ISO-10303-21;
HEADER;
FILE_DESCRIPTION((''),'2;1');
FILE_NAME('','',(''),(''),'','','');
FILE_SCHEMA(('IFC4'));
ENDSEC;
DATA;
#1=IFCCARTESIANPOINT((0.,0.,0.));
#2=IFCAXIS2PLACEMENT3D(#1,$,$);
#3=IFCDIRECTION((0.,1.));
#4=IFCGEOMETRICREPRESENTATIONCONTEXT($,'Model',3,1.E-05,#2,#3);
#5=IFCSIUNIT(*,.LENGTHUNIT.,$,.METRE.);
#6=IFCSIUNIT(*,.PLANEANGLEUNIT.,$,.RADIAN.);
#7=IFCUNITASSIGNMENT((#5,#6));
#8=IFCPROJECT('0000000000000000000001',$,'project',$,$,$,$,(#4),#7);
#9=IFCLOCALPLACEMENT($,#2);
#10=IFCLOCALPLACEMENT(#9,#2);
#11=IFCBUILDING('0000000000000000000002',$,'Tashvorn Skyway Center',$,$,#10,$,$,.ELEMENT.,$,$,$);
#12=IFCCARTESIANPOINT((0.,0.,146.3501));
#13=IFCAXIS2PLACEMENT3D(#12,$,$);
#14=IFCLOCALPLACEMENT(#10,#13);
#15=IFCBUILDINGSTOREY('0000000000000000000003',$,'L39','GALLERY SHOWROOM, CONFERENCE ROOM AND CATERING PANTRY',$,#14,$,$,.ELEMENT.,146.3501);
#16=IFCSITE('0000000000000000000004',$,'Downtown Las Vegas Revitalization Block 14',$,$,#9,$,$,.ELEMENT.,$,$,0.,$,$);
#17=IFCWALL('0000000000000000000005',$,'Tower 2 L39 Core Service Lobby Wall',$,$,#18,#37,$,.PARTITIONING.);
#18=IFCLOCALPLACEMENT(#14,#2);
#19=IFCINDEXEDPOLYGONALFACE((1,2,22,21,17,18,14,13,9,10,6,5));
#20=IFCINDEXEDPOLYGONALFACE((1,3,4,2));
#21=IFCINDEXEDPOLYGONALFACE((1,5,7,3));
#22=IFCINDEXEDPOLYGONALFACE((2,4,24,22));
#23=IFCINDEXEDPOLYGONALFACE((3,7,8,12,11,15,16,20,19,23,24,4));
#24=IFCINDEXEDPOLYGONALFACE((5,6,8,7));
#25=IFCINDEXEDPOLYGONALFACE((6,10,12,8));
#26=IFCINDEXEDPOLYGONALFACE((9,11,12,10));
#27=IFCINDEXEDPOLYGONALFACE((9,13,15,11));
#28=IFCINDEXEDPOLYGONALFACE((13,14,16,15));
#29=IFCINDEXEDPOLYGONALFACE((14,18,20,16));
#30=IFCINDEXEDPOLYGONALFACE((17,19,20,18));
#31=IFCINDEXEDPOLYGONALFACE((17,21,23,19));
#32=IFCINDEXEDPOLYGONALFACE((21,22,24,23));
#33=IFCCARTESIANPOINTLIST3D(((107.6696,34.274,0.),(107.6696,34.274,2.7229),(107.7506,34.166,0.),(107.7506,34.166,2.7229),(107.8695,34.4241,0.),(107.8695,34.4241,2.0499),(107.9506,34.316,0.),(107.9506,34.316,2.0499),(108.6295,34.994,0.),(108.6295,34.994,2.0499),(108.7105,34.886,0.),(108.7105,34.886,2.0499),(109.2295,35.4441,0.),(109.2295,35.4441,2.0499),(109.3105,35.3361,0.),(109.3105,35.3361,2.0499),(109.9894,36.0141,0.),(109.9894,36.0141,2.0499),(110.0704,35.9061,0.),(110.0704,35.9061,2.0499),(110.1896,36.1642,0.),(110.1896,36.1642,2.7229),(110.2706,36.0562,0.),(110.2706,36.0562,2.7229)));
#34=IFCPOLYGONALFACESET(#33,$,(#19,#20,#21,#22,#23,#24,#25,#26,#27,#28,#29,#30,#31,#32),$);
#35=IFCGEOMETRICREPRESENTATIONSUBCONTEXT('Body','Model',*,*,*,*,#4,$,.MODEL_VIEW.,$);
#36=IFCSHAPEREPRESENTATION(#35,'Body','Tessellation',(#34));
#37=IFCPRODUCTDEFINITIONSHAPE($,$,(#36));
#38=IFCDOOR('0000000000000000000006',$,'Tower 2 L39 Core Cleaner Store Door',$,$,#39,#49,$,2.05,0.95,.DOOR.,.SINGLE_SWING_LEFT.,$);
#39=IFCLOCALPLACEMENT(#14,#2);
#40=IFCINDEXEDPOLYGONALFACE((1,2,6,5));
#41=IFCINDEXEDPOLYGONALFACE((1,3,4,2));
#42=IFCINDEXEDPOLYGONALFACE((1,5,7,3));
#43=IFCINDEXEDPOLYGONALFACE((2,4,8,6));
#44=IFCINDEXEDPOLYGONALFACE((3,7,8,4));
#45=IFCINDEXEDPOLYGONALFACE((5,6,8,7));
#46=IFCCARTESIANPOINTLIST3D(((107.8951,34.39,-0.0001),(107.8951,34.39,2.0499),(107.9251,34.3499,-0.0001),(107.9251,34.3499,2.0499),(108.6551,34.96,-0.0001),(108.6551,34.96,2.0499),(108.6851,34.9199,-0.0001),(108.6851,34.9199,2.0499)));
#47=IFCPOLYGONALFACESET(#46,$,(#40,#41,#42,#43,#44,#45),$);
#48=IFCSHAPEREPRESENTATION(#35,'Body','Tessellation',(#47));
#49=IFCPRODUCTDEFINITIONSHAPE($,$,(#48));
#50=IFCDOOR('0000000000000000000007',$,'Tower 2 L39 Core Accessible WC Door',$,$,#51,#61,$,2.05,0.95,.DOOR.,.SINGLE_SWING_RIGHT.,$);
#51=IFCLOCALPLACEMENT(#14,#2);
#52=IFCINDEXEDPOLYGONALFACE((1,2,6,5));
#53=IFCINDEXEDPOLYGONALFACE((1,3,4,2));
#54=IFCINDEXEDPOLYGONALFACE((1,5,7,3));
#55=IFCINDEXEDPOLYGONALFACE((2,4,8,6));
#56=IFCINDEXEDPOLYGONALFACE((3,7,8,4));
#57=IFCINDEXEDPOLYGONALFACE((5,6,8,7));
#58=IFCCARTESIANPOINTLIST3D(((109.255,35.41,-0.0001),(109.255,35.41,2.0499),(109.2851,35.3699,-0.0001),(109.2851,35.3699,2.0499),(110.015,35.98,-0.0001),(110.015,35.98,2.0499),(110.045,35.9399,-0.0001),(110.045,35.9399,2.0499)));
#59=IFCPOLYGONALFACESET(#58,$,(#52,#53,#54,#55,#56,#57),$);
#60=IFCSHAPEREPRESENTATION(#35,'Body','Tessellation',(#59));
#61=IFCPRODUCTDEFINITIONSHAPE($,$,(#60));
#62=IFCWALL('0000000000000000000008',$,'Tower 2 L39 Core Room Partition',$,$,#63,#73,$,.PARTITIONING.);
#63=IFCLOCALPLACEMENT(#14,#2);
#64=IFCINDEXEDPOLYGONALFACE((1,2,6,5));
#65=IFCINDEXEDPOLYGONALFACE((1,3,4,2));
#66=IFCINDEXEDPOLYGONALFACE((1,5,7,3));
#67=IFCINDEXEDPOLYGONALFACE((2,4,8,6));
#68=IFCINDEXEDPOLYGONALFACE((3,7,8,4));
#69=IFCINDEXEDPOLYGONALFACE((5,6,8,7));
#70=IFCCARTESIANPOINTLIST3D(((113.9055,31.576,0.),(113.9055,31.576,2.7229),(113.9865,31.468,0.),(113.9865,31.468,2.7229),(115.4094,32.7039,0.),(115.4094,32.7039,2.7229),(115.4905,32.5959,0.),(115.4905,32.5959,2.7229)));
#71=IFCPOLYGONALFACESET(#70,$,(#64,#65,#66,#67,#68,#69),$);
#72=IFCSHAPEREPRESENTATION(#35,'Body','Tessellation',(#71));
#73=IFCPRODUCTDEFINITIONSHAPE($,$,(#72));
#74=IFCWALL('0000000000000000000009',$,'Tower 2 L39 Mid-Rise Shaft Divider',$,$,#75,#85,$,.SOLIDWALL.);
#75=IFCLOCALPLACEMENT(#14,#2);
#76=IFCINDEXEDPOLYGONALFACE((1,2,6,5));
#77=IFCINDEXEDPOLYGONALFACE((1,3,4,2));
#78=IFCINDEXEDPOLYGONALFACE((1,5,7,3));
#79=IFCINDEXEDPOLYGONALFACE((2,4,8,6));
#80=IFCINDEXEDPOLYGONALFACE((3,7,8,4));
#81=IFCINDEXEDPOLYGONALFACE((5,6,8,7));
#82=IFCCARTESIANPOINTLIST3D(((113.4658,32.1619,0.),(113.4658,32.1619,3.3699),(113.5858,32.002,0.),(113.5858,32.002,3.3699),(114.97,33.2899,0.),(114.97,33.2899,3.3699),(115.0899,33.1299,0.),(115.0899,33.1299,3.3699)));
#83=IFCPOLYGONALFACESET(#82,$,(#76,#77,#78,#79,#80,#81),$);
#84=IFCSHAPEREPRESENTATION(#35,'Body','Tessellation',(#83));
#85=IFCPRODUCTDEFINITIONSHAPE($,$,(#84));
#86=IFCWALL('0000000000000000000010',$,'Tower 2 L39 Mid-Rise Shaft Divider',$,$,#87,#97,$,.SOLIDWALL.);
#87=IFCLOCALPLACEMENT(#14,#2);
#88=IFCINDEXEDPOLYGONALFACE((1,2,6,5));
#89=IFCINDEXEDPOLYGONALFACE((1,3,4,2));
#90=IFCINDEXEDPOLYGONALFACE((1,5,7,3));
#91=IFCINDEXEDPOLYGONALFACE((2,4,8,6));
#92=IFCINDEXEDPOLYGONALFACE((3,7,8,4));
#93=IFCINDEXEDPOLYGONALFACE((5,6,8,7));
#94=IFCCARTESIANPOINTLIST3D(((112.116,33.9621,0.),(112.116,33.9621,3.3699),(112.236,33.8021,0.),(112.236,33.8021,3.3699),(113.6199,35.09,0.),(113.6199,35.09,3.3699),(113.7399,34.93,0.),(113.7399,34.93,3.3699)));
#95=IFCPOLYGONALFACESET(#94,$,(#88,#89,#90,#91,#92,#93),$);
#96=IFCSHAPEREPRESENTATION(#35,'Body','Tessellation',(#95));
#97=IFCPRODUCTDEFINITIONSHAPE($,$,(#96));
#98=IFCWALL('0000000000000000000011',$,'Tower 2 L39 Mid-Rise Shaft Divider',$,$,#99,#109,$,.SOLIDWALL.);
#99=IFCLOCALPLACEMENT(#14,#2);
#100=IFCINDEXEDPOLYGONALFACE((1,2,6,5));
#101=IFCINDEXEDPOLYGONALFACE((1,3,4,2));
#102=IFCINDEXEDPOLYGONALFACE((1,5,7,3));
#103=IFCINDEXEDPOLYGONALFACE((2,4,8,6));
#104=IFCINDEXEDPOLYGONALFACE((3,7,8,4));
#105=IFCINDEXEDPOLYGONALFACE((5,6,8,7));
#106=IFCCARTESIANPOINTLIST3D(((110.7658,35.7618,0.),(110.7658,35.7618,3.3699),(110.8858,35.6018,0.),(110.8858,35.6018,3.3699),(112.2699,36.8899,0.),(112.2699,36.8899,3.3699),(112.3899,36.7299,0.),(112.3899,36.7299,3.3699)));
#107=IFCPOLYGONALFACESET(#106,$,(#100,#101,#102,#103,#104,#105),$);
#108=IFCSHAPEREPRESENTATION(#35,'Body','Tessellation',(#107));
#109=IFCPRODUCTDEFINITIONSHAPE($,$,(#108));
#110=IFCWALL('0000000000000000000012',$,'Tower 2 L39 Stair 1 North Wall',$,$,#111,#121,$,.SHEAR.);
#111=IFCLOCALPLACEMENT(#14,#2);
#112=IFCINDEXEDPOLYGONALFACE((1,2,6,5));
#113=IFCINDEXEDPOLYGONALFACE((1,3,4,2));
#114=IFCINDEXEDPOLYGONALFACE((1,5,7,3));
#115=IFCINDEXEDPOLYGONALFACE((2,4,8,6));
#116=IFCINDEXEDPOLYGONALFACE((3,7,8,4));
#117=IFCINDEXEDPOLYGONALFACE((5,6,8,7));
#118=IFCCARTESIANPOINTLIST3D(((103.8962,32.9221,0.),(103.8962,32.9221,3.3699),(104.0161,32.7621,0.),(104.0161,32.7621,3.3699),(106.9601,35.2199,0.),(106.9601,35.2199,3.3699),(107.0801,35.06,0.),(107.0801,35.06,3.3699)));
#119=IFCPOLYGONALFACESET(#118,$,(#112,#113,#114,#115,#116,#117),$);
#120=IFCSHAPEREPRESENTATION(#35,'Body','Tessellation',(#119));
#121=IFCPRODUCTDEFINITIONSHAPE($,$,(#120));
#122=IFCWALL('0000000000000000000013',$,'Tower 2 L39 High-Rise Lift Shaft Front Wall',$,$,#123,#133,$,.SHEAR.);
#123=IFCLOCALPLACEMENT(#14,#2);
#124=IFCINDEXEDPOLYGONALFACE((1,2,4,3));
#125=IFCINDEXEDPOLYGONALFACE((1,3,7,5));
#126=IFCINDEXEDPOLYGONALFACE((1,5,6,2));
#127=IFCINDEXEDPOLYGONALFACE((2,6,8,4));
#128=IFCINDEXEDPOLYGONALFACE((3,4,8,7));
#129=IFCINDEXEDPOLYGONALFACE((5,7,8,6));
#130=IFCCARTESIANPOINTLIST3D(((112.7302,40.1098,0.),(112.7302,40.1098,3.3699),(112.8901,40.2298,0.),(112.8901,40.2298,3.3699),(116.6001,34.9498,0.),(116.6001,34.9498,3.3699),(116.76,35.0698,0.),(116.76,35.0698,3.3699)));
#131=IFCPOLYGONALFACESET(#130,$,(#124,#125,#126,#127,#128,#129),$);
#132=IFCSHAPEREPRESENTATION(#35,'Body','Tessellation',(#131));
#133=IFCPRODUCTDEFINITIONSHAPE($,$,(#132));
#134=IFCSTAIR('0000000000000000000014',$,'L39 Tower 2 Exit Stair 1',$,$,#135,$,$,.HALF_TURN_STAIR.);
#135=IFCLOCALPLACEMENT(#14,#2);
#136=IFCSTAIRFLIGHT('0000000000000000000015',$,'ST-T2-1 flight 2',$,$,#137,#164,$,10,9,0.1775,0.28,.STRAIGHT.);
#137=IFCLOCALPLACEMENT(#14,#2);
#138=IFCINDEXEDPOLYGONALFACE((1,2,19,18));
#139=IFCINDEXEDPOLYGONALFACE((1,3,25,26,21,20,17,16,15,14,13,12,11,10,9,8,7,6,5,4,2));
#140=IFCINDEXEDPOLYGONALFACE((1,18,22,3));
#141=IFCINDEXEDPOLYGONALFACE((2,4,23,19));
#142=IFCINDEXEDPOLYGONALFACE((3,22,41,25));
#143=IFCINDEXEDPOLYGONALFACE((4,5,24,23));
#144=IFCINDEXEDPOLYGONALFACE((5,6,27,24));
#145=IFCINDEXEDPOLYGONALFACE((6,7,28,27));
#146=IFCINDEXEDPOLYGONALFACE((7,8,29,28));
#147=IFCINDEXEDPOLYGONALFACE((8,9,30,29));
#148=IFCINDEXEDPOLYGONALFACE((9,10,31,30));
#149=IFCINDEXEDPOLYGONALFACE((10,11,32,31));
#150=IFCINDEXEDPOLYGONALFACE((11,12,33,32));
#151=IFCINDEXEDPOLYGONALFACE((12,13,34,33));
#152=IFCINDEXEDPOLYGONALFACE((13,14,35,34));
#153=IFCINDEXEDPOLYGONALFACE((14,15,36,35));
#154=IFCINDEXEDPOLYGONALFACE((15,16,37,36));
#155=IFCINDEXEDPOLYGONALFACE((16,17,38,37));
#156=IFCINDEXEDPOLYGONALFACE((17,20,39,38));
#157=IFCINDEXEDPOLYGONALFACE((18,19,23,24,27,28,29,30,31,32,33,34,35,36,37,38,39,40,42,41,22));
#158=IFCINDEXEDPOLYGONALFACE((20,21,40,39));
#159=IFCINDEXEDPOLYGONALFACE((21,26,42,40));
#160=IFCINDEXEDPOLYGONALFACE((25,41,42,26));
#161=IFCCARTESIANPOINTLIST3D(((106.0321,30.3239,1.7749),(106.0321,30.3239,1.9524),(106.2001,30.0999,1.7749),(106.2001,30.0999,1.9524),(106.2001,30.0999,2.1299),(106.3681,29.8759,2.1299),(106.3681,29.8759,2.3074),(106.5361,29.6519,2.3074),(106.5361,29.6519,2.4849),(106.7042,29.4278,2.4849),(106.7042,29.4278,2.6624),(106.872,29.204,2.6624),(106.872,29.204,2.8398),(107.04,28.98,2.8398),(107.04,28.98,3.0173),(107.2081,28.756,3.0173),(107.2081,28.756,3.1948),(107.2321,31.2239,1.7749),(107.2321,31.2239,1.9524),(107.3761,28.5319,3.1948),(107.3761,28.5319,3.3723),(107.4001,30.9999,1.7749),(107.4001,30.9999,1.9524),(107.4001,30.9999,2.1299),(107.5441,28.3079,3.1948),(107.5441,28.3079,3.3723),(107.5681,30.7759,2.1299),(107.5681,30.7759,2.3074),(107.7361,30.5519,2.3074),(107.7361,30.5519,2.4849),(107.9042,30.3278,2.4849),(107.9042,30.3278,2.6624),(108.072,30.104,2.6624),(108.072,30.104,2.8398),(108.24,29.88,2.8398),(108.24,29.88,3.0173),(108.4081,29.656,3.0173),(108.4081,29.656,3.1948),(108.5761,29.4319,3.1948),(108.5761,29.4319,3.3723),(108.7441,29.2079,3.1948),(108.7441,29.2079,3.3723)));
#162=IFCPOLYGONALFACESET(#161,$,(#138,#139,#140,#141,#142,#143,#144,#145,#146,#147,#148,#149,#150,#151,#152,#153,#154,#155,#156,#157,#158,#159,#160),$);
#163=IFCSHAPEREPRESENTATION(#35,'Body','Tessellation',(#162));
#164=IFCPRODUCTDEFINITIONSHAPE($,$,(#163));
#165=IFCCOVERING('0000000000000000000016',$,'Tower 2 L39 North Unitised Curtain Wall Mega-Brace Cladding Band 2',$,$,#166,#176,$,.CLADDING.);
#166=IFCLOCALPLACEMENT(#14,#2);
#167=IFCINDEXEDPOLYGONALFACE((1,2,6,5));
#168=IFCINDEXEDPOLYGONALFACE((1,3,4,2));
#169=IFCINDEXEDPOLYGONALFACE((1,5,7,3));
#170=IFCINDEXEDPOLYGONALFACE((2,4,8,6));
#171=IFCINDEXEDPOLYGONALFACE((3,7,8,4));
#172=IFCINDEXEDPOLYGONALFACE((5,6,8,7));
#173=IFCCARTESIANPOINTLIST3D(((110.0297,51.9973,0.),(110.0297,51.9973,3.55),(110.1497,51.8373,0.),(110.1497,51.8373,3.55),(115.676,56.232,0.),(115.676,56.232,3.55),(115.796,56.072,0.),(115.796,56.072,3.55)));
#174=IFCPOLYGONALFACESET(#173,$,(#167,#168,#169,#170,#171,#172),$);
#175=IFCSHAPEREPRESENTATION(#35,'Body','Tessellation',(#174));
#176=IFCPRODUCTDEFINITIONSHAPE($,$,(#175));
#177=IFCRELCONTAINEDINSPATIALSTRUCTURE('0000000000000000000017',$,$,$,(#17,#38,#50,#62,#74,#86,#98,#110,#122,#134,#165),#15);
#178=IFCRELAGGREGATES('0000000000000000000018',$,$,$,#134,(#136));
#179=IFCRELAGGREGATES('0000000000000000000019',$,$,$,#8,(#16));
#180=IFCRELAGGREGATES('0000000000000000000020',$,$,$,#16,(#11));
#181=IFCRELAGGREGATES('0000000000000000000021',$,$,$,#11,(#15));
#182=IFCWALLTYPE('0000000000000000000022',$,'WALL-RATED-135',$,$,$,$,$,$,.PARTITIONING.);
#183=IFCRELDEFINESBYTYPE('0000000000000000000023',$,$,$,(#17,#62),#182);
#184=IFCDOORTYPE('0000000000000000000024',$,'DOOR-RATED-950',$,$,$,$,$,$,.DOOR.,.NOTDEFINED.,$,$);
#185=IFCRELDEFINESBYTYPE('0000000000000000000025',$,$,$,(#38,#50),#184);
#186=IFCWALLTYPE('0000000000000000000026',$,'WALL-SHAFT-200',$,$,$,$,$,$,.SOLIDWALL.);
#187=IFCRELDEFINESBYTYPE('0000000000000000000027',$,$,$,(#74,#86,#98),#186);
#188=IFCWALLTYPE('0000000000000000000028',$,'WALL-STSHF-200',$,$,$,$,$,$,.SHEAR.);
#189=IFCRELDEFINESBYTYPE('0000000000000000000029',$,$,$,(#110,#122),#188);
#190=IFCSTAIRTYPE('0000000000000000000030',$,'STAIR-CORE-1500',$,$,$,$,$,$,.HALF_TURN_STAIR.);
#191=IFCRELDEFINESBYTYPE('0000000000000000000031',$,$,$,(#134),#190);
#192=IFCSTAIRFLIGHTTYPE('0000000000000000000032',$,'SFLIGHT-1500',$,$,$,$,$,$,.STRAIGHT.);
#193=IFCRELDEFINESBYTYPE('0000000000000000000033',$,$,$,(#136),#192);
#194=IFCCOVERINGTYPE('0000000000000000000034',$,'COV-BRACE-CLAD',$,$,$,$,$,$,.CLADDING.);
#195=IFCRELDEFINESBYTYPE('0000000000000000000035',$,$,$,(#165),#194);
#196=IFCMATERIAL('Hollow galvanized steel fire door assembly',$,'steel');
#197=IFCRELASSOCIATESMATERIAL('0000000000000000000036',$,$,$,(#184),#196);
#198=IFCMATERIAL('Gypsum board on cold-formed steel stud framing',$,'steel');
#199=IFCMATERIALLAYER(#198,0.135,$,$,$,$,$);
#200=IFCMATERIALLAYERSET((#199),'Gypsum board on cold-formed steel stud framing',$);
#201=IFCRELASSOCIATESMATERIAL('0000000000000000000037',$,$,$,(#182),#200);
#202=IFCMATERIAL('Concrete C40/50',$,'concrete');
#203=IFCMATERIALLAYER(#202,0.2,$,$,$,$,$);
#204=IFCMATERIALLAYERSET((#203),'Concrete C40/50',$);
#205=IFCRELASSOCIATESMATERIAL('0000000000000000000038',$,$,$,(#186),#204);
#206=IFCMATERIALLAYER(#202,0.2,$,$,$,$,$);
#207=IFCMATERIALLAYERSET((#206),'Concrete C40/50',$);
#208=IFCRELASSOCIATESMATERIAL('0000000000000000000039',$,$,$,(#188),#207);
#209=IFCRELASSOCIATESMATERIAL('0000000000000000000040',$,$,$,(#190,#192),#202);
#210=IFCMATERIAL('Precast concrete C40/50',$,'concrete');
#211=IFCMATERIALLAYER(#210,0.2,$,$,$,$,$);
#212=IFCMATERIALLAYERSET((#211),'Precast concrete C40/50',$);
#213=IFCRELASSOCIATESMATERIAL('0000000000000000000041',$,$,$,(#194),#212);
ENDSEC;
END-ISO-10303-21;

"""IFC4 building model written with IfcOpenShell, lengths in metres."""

from ifc_helpers import new_model, si_unit, direction, frame, frame_2d, origin, origin_2d, place, context, subcontext, project, spatial, polyline, rectangle, outline, extrude, material, layer, layer_set, type_object, element, fill, aggregate, save


model = new_model("IFC4")

# Units and contexts
model_context = context("Model", 3, precision=1e-05, world=origin(), true_north=direction((0.0, 1.0)))
body_context = subcontext(model_context, "Body", "Model", "MODEL_VIEW")
ifc_project = project(units=[si_unit("LENGTHUNIT", "METRE"), si_unit("PLANEANGLEUNIT", "RADIAN")], contexts=[model_context])

# Site, building, storey
site_placement = place(None, origin())
site = spatial("IfcSite", under=ifc_project, at=site_placement, Name="Downtown Las Vegas Revitalization Block 14", CompositionType="ELEMENT", RefElevation=0.0)
building_placement = place(site_placement, origin())
building = spatial("IfcBuilding", under=site, at=building_placement, Name="Tashvorn Skyway Center", CompositionType="ELEMENT")
storey_placement = place(building_placement, frame((0.0, 0.0, 146.3501)))
storey = spatial("IfcBuildingStorey", under=building, at=storey_placement, Name="L39", Description="GALLERY SHOWROOM, CONFERENCE ROOM AND CATERING PANTRY", CompositionType="ELEMENT", Elevation=146.3501)

# Shared definitions
ifc_material_1 = material(Name="Concrete C40/50", Category="concrete")
ifc_material_2 = material(Name="Hollow galvanized steel fire door assembly", Category="steel")
door_type = type_object("IfcDoorType", Name="DOOR-RATED-950", OperationType="NOTDEFINED", PredefinedType="DOOR", material=ifc_material_2)

# Shared definitions
ifc_material_3 = material(Name="Gypsum board on cold-formed steel stud framing", Category="steel")

# Wall, openings, doors
ifc_layer_1 = layer(ifc_material_3, 0.135)
ifc_layer_set_1 = layer_set([ifc_layer_1], Name="Gypsum board on cold-formed steel stud framing")
wall_type_1 = type_object("IfcWallType", Name="WALL-RATED-135", PredefinedType="PARTITIONING", material=ifc_layer_set_1)
wall_1_placement = place(storey_placement, frame((107.71, 34.22, 0.0), z_axis=(0.0, 0.0, 1.0), x_axis=(0.799981, 0.600025, 0.0)))
wall_1 = element("IfcWall", 1, at=wall_1_placement, inside=storey, type_object=wall_type_1, Name="Tower 2 L39 Core Service Lobby Wall", PredefinedType="PARTITIONING", context=body_context, shape_type="SweptSolid", body=[
    extrude(rectangle(XDim=3.1501, YDim=0.135, at=frame_2d((1.5752, 0.0))), origin(), (0.0, 0.0, 1.0), 2.7229),
])
opening_1_placement = place(wall_1_placement, frame((0.25, 0.0, 0.0)))
opening_1 = element("IfcOpeningElement", 2, at=opening_1_placement, cuts=wall_1, PredefinedType="OPENING", context=body_context, shape_type="SweptSolid", body=[
    extrude(rectangle(XDim=0.95, YDim=2.05, at=frame_2d((0.4751, 1.0249))), frame((0.0, 0.0774, 0.0), z_axis=(0.0, -1.0, 0.0), x_axis=(1.0, 0.0, 0.0)), (0.0, 0.0, 1.0), 0.155),
])
opening_2_placement = place(wall_1_placement, frame((1.95, 0.0, 0.0)))
opening_2 = element("IfcOpeningElement", 3, at=opening_2_placement, cuts=wall_1, PredefinedType="OPENING", context=body_context, shape_type="SweptSolid", body=[
    extrude(rectangle(XDim=0.95, YDim=2.05, at=frame_2d((0.4751, 1.0249))), frame((0.0, 0.0774, 0.0), z_axis=(0.0, -1.0, 0.0), x_axis=(1.0, 0.0, 0.0)), (0.0, 0.0, 1.0), 0.155),
])
door_1_placement = place(opening_1_placement, origin())
door_1 = element("IfcDoor", 4, at=door_1_placement, inside=storey, type_object=door_type, Name="Tower 2 L39 Core Cleaner Store Door", OperationType="SINGLE_SWING_LEFT", OverallHeight=2.05, OverallWidth=0.95, PredefinedType="DOOR", context=body_context, shape_type="SweptSolid", body=[
    extrude(rectangle(XDim=0.95, YDim=2.05, at=frame_2d((0.4751, 1.0249))), frame((0.0, 0.0249, 0.0), z_axis=(0.0, -1.0, 0.0), x_axis=(1.0, 0.0, 0.0)), (0.0, 0.0, 1.0), 0.05),
])
fill(opening_1, door_1)
door_2_placement = place(opening_2_placement, origin())
door_2 = element("IfcDoor", 5, at=door_2_placement, inside=storey, type_object=door_type, Name="Tower 2 L39 Core Accessible WC Door", OperationType="SINGLE_SWING_RIGHT", OverallHeight=2.05, OverallWidth=0.95, PredefinedType="DOOR", context=body_context, shape_type="SweptSolid", body=[
    extrude(rectangle(XDim=0.95, YDim=2.05, at=frame_2d((0.4751, 1.0249))), frame((0.0, 0.0249, 0.0), z_axis=(0.0, -1.0, 0.0), x_axis=(1.0, 0.0, 0.0)), (0.0, 0.0, 1.0), 0.05),
])
fill(opening_2, door_2)

# Walls
wall_2_placement = place(storey_placement, frame((113.946, 31.522, 0.0), z_axis=(0.0, 0.0, 1.0), x_axis=(0.8, 0.6, 0.0)))
element("IfcWall", 6, at=wall_2_placement, inside=storey, type_object=wall_type_1, Name="Tower 2 L39 Core Room Partition", PredefinedType="PARTITIONING", context=body_context, shape_type="SweptSolid", body=[
    extrude(rectangle(XDim=1.8799, YDim=0.135, at=frame_2d((0.9399, 0.0))), origin(), (0.0, 0.0, 1.0), 2.7229),
])
ifc_layer_2 = layer(ifc_material_1, 0.2)
ifc_layer_set_2 = layer_set([ifc_layer_2], Name="Concrete C40/50")
wall_type_2 = type_object("IfcWallType", Name="WALL-SHAFT-200", PredefinedType="SOLIDWALL", material=ifc_layer_set_2)
wall_3_placement = place(storey_placement, frame((113.5259, 32.082, 0.0), z_axis=(0.0, 0.0, 1.0), x_axis=(0.800047, 0.599938, 0.0)))
element("IfcWall", 7, at=wall_3_placement, inside=storey, type_object=wall_type_2, Name="Tower 2 L39 Mid-Rise Shaft Divider", PredefinedType="SOLIDWALL", context=body_context, shape_type="SweptSolid", body=[
    extrude(rectangle(XDim=1.8801, YDim=0.2, at=frame_2d((0.9399, 0.0))), origin(), (0.0, 0.0, 1.0), 3.3699),
])
wall_4_placement = place(storey_placement, frame((112.176, 33.8821, 0.0), z_axis=(0.0, 0.0, 1.0), x_axis=(0.8, 0.6, 0.0)))
element("IfcWall", 8, at=wall_4_placement, inside=storey, type_object=wall_type_2, Name="Tower 2 L39 Mid-Rise Shaft Divider", PredefinedType="SOLIDWALL", context=body_context, shape_type="SweptSolid", body=[
    extrude(rectangle(XDim=1.8799, YDim=0.2, at=frame_2d((0.9399, 0.0))), origin(), (0.0, 0.0, 1.0), 3.3699),
])
wall_5_placement = place(storey_placement, frame((110.8259, 35.6819, 0.0), z_axis=(0.0, 0.0, 1.0), x_axis=(0.799984, 0.600021, 0.0)))
element("IfcWall", 9, at=wall_5_placement, inside=storey, type_object=wall_type_2, Name="Tower 2 L39 Mid-Rise Shaft Divider", PredefinedType="SOLIDWALL", context=body_context, shape_type="SweptSolid", body=[
    extrude(rectangle(XDim=1.8801, YDim=0.2, at=frame_2d((0.9399, 0.0))), origin(), (0.0, 0.0, 1.0), 3.3699),
])
ifc_layer_3 = layer(ifc_material_1, 0.2)
ifc_layer_set_3 = layer_set([ifc_layer_3], Name="Concrete C40/50")
wall_type_3 = type_object("IfcWallType", Name="WALL-STSHF-200", PredefinedType="SHEAR", material=ifc_layer_set_3)
wall_6_placement = place(storey_placement, frame((103.9561, 32.842, 0.0), z_axis=(0.0, 0.0, 1.0), x_axis=(0.800015, 0.59998, 0.0)))
element("IfcWall", 10, at=wall_6_placement, inside=storey, type_object=wall_type_3, Name="Tower 2 L39 Stair 1 North Wall", PredefinedType="SHEAR", context=body_context, shape_type="SweptSolid", body=[
    extrude(rectangle(XDim=3.8298, YDim=0.2, at=frame_2d((1.915, 0.0))), origin(), (0.0, 0.0, 1.0), 3.3699),
])
wall_7_placement = place(storey_placement, frame((112.8101, 40.1699, 0.0), z_axis=(0.0, 0.0, 1.0), x_axis=(0.599994, -0.800005, 0.0)))
element("IfcWall", 11, at=wall_7_placement, inside=storey, type_object=wall_type_3, Name="Tower 2 L39 High-Rise Lift Shaft Front Wall", PredefinedType="SHEAR", context=body_context, shape_type="SweptSolid", body=[
    extrude(rectangle(XDim=6.45, YDim=0.2, at=frame_2d((3.2251, 0.0))), origin(), (0.0, 0.0, 1.0), 3.3699),
])

# Stair, stair flight
stair_type = type_object("IfcStairType", Name="STAIR-CORE-1500", PredefinedType="HALF_TURN_STAIR", material=ifc_material_1)
stair_placement = place(storey_placement, origin())
stair = element("IfcStair", 12, at=stair_placement, inside=storey, type_object=stair_type, Name="L39 Tower 2 Exit Stair 1", PredefinedType="HALF_TURN_STAIR")
stair_flight_type = type_object("IfcStairFlightType", Name="SFLIGHT-1500", PredefinedType="STRAIGHT", material=ifc_material_1)
stair_flight_placement = place(storey_placement, frame((106.6321, 30.7739, 1.7749), z_axis=(0.0, 0.0, 1.0), x_axis=(0.6, -0.8, 0.0)))
stair_flight = element("IfcStairFlight", 13, at=stair_flight_placement, type_object=stair_flight_type, Name="ST-T2-1 flight 2", NumberOfRisers=10, NumberOfTreads=9, PredefinedType="STRAIGHT", RiserHeight=0.1775, TreadLength=0.28, context=body_context, shape_type="SweptSolid", body=[
    extrude(outline(polyline([(0.0, 0.0), (0.0, 0.1775), (0.28, 0.1775), (0.28, 0.355), (0.5601, 0.355), (0.5601, 0.5325), (0.8401, 0.5325), (0.8401, 0.71), (1.1201, 0.71), (1.1201, 0.8875), (1.3999, 0.8875), (1.3999, 1.0649), (1.6799, 1.0649), (1.6799, 1.2424), (1.96, 1.2424), (1.96, 1.4199), (2.24, 1.4199), (2.24, 1.5974), (2.52, 1.5974), (2.52, 1.7749), (2.52, 1.4199), (0.28, 0.0), (0.0, 0.0)])), frame((0.0, 0.75, 0.0), z_axis=(0.0, -1.0, 0.0), x_axis=(1.0, 0.0, 0.0)), (0.0, 0.0, 1.0), 1.5),
])
aggregate(stair, [stair_flight])

# Covering
ifc_material_4 = material(Name="Precast concrete C40/50", Category="concrete")
ifc_layer_4 = layer(ifc_material_4, 0.2)
ifc_layer_set_4 = layer_set([ifc_layer_4], Name="Precast concrete C40/50")
covering_type = type_object("IfcCoveringType", Name="COV-BRACE-CLAD", PredefinedType="CLADDING", material=ifc_layer_set_4)
covering_placement = place(storey_placement, frame((112.9128, 54.0347, 0.0), z_axis=(0.0, 0.0, 1.0), x_axis=(0.8, 0.6, 0.0)))
element("IfcCovering", 14, at=covering_placement, inside=storey, type_object=covering_type, Name="Tower 2 L39 North Unitised Curtain Wall Mega-Brace Cladding Band 2", PredefinedType="CLADDING", context=body_context, shape_type="SweptSolid", body=[
    extrude(rectangle(XDim=7.0579, YDim=0.2, at=origin_2d()), origin(), (0.0, 0.0, 1.0), 3.55),
])

save(model, "model.ifc")
